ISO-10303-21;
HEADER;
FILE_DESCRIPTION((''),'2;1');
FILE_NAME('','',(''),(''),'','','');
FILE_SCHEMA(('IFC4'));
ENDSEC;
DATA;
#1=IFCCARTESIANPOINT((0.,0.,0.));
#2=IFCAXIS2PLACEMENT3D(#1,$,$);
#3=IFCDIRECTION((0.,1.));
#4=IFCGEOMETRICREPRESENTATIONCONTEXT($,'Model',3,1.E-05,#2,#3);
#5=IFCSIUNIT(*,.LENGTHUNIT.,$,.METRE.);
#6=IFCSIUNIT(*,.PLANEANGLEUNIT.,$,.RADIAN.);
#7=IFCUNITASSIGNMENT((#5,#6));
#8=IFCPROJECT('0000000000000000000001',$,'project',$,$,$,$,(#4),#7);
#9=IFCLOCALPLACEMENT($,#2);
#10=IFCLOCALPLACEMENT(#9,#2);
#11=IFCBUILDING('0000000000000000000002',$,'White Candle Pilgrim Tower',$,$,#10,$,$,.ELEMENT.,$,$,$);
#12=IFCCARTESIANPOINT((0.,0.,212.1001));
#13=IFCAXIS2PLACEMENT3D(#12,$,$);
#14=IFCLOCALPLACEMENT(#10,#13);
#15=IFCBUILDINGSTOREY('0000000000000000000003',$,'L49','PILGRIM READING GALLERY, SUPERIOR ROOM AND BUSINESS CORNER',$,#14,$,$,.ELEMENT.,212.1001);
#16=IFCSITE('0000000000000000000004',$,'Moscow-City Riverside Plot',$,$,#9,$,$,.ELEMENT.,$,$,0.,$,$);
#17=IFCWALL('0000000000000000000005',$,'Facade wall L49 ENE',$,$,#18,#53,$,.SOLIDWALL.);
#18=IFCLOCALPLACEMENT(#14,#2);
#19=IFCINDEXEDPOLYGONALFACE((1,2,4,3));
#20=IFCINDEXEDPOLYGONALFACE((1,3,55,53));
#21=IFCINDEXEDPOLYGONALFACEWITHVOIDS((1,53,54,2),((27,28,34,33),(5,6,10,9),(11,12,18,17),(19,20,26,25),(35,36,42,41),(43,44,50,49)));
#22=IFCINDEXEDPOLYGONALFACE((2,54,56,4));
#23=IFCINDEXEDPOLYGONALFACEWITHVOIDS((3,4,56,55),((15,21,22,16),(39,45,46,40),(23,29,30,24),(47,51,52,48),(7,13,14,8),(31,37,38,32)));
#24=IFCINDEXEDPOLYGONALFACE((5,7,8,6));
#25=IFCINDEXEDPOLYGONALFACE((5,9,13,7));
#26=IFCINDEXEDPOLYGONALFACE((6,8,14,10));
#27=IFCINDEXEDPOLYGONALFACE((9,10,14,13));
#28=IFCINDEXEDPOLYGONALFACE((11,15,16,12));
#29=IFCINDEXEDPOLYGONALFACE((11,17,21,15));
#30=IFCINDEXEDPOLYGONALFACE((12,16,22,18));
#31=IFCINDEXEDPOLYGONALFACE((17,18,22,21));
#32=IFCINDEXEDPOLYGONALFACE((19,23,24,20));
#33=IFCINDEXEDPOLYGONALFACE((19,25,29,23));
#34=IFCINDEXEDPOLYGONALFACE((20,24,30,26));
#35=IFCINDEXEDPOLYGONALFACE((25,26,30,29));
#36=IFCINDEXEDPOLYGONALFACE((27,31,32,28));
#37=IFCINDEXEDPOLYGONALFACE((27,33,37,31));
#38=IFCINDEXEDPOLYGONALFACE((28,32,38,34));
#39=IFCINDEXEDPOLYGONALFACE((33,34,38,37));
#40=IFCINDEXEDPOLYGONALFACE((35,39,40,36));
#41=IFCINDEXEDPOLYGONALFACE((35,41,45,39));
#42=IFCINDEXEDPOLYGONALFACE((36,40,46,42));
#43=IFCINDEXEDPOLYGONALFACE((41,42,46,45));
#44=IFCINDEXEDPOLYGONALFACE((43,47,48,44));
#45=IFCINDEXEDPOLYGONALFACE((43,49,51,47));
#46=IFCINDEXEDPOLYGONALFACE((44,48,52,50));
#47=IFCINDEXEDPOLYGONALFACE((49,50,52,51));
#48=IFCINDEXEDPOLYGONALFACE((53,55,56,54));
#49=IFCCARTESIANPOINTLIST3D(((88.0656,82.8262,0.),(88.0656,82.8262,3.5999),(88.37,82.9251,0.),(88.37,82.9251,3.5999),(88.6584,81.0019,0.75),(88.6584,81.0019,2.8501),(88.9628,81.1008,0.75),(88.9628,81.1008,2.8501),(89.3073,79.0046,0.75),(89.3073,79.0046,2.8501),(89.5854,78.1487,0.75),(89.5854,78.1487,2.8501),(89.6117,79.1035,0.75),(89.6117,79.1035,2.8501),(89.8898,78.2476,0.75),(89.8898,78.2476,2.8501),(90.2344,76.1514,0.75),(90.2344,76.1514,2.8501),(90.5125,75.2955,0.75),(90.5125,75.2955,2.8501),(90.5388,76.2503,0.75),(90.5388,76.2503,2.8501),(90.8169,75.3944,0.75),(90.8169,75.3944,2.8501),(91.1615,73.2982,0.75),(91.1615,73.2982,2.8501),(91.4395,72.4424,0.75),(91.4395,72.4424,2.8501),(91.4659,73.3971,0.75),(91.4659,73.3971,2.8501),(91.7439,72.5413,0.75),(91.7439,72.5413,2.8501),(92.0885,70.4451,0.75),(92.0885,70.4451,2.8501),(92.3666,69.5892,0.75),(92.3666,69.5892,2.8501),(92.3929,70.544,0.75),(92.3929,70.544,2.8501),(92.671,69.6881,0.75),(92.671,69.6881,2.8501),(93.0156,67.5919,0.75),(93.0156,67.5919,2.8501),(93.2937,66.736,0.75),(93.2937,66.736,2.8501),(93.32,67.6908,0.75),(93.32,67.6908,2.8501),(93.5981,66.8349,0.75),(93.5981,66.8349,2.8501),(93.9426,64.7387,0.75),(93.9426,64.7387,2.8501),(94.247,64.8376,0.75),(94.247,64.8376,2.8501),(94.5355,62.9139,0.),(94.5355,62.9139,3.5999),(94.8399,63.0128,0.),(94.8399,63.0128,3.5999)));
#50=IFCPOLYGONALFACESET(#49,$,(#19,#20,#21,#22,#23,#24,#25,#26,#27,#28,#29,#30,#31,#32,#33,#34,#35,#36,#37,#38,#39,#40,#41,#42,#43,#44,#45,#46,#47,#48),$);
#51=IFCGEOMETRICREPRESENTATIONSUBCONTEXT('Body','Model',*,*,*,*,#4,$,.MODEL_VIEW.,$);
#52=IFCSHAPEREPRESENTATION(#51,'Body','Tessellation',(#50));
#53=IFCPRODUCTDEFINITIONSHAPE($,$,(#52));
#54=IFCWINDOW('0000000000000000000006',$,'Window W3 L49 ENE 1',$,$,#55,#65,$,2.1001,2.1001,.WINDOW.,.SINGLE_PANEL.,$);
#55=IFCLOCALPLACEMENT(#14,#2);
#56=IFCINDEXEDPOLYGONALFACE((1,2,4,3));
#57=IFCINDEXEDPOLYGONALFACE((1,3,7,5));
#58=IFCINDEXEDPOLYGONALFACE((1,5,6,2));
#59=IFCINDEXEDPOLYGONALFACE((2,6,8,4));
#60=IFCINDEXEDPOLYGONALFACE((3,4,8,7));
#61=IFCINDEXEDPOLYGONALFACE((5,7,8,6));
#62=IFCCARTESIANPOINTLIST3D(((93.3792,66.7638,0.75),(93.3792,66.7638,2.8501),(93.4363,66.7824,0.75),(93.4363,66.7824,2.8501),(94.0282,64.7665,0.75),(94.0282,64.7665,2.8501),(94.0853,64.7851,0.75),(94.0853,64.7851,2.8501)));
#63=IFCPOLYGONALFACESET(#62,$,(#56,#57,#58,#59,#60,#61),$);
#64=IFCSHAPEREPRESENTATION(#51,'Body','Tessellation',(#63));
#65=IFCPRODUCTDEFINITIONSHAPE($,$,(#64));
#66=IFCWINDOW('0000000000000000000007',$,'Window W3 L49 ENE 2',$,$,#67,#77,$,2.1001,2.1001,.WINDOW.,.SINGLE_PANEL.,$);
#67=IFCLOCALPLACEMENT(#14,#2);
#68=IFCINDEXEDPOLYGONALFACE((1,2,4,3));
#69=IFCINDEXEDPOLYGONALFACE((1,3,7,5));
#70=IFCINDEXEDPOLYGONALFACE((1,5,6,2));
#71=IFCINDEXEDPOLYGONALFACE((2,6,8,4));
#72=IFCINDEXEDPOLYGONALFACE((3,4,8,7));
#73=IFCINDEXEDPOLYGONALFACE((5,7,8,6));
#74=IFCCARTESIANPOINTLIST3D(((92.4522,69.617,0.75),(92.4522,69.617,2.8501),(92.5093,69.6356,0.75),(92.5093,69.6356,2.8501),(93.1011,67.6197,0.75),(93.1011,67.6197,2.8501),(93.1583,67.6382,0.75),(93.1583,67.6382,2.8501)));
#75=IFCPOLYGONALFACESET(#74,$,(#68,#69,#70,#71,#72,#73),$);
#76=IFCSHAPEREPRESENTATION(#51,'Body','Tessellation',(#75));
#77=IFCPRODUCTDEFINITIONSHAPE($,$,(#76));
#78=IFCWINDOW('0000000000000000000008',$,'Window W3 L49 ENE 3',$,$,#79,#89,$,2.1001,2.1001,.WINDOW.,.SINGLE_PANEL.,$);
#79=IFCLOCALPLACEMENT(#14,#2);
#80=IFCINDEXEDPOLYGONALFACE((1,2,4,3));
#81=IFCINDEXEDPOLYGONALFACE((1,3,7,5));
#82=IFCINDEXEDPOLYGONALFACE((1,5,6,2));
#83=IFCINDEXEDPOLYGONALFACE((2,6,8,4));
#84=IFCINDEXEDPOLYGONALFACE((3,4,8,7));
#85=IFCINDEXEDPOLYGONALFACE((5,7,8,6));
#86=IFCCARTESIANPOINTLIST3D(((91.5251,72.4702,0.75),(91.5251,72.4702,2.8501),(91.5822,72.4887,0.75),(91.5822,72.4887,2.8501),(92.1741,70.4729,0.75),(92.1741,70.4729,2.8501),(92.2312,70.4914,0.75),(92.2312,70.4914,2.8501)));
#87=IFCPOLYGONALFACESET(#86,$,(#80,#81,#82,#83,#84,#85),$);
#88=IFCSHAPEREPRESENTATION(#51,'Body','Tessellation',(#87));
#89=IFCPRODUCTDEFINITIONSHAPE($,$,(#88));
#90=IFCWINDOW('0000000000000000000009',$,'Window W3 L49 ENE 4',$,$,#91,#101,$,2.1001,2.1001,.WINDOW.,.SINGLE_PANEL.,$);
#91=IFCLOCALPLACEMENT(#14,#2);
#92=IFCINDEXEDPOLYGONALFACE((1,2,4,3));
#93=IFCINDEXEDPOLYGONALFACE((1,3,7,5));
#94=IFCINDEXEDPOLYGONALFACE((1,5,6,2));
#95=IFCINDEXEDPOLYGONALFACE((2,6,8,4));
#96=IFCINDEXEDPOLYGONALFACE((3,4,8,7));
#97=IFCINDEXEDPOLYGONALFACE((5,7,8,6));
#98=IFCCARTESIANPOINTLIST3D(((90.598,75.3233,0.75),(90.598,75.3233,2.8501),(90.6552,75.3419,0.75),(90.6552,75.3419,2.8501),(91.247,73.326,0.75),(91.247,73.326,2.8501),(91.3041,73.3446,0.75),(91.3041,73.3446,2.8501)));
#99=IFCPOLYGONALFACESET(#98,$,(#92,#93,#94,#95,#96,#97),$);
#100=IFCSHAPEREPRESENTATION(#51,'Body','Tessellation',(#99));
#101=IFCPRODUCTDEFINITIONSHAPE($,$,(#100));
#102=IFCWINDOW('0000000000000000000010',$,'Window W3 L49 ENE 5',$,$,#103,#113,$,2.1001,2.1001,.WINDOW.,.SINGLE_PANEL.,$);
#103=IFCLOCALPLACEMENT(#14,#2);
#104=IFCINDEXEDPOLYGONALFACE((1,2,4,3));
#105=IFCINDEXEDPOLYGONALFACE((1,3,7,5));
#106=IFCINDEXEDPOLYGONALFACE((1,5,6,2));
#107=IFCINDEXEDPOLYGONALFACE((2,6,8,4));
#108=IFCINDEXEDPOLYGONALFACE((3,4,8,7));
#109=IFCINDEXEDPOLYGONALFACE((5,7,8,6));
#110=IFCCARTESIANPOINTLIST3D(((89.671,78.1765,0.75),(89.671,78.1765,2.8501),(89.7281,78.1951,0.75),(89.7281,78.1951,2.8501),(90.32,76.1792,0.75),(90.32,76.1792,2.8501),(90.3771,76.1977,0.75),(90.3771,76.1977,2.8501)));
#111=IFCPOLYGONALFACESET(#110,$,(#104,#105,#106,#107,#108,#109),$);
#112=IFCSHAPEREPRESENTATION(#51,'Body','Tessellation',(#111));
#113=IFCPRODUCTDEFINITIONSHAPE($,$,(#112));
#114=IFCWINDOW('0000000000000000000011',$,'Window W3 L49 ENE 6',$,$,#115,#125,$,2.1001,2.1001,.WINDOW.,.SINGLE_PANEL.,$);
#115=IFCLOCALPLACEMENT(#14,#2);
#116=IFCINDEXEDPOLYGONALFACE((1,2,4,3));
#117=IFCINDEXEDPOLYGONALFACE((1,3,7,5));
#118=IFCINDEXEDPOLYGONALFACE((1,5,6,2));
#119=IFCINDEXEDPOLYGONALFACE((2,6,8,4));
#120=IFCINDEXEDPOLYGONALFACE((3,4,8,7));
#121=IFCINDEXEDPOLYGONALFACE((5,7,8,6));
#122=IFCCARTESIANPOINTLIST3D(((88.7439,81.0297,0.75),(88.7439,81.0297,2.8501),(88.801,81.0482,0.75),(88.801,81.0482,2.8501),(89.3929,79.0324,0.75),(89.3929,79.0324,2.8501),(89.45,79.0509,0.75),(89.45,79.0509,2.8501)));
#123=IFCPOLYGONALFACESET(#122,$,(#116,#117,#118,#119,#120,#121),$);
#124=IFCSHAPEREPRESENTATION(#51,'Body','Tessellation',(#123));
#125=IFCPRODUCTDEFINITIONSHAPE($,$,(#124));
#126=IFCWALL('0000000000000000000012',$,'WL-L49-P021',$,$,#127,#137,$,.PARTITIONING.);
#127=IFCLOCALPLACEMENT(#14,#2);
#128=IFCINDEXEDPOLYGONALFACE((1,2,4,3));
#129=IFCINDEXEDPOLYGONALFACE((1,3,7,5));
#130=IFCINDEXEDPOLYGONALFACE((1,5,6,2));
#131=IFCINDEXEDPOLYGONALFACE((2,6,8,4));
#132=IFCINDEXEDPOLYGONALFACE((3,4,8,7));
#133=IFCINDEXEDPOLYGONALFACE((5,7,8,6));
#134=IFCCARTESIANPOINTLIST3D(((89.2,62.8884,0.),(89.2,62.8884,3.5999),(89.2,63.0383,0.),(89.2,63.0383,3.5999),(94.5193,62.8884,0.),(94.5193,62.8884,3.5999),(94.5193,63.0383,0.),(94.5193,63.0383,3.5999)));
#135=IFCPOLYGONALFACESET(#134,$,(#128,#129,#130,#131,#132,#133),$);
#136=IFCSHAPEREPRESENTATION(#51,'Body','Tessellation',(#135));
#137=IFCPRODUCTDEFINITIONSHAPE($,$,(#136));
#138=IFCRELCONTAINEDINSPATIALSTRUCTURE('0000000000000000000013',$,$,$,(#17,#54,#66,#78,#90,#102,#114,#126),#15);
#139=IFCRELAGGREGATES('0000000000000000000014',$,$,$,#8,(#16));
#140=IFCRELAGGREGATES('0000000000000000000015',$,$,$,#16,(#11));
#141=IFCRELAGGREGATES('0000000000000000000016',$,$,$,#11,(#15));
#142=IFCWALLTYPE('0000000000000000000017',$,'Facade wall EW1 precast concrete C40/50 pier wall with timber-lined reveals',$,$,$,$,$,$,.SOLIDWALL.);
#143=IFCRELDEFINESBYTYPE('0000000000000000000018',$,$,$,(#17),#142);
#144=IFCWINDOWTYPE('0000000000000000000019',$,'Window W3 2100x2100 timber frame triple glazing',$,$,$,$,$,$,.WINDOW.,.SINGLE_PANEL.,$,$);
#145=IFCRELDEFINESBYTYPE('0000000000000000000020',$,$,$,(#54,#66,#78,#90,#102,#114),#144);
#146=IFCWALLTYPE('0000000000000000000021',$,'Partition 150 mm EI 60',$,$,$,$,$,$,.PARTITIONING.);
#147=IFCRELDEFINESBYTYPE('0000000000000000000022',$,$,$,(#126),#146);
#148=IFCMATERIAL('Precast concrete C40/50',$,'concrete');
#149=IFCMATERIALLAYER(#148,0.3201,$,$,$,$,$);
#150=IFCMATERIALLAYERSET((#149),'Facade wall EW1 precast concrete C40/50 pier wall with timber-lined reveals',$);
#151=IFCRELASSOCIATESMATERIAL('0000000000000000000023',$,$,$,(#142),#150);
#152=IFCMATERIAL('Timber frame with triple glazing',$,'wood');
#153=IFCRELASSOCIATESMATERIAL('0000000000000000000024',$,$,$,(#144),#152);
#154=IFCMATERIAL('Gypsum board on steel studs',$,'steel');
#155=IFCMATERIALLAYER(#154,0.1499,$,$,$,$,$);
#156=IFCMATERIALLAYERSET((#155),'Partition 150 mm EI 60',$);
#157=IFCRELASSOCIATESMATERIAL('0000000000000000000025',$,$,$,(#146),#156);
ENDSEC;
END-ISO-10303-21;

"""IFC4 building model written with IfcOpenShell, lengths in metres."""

from ifc_helpers import new_model, si_unit, direction, frame, frame_2d, origin, place, context, subcontext, project, spatial, rectangle, extrude, material, layer, layer_set, type_object, element, fill, save


model = new_model("IFC4")

# Units and contexts
model_context = context("Model", 3, precision=1e-05, world=origin(), true_north=direction((0.0, 1.0)))
body_context = subcontext(model_context, "Body", "Model", "MODEL_VIEW")
ifc_project = project(units=[si_unit("LENGTHUNIT", "METRE"), si_unit("PLANEANGLEUNIT", "RADIAN")], contexts=[model_context])

# Site, building, storey
site_placement = place(None, origin())
site = spatial("IfcSite", under=ifc_project, at=site_placement, Name="Moscow-City Riverside Plot", CompositionType="ELEMENT", RefElevation=0.0)
building_placement = place(site_placement, origin())
building = spatial("IfcBuilding", under=site, at=building_placement, Name="White Candle Pilgrim Tower", CompositionType="ELEMENT")
storey_placement = place(building_placement, frame((0.0, 0.0, 212.1001)))
storey = spatial("IfcBuildingStorey", under=building, at=storey_placement, Name="L49", Description="PILGRIM READING GALLERY, SUPERIOR ROOM AND BUSINESS CORNER", CompositionType="ELEMENT", Elevation=212.1001)

# Shared definitions
ifc_material_1 = material(Name="Gypsum board on steel studs", Category="steel")

# Wall, openings, windows
ifc_material_2 = material(Name="Precast concrete C40/50", Category="concrete")
ifc_layer_1 = layer(ifc_material_2, 0.3201)
ifc_layer_set_1 = layer_set([ifc_layer_1], Name="Facade wall EW1 precast concrete C40/50 pier wall with timber-lined reveals")
wall_type_1 = type_object("IfcWallType", Name="Facade wall EW1 precast concrete C40/50 pier wall with timber-lined reveals", PredefinedType="SOLIDWALL", material=ifc_layer_set_1)
wall_1_placement = place(storey_placement, frame((94.6877, 62.9634, 0.0), z_axis=(0.0, 0.0, 1.0), x_axis=(-0.309019, 0.951056, 0.0)))
wall_1 = element("IfcWall", 1, at=wall_1_placement, inside=storey, type_object=wall_type_1, Name="Facade wall L49 ENE", PredefinedType="SOLIDWALL", context=body_context, shape_type="SweptSolid", body=[
    extrude(rectangle(XDim=20.937, YDim=0.3201, at=frame_2d((10.4685, 0.0))), origin(), (0.0, 0.0, 1.0), 3.5999),
])
opening_1_placement = place(wall_1_placement, frame((1.9187, 0.0, 0.75)))
opening_1 = element("IfcOpeningElement", 2, at=opening_1_placement, cuts=wall_1, PredefinedType="OPENING", context=body_context, shape_type="SweptSolid", body=[
    extrude(rectangle(XDim=2.1001, YDim=2.1001, at=frame_2d((1.05, 1.05))), frame((0.0, 0.1699, 0.0), z_axis=(0.0, -1.0, 0.0), x_axis=(1.0, 0.0, 0.0)), (0.0, 0.0, 1.0), 0.3401),
])
opening_2_placement = place(wall_1_placement, frame((4.9187, 0.0, 0.75)))
opening_2 = element("IfcOpeningElement", 3, at=opening_2_placement, cuts=wall_1, PredefinedType="OPENING", context=body_context, shape_type="SweptSolid", body=[
    extrude(rectangle(XDim=2.1001, YDim=2.1001, at=frame_2d((1.05, 1.05))), frame((0.0, 0.1699, 0.0), z_axis=(0.0, -1.0, 0.0), x_axis=(1.0, 0.0, 0.0)), (0.0, 0.0, 1.0), 0.3401),
])
opening_3_placement = place(wall_1_placement, frame((7.9187, 0.0, 0.75)))
opening_3 = element("IfcOpeningElement", 4, at=opening_3_placement, cuts=wall_1, PredefinedType="OPENING", context=body_context, shape_type="SweptSolid", body=[
    extrude(rectangle(XDim=2.1001, YDim=2.1001, at=frame_2d((1.05, 1.05))), frame((0.0, 0.1699, 0.0), z_axis=(0.0, -1.0, 0.0), x_axis=(1.0, 0.0, 0.0)), (0.0, 0.0, 1.0), 0.3401),
])
opening_4_placement = place(wall_1_placement, frame((10.9187, 0.0, 0.75)))
opening_4 = element("IfcOpeningElement", 5, at=opening_4_placement, cuts=wall_1, PredefinedType="OPENING", context=body_context, shape_type="SweptSolid", body=[
    extrude(rectangle(XDim=2.1001, YDim=2.1001, at=frame_2d((1.05, 1.05))), frame((0.0, 0.1699, 0.0), z_axis=(0.0, -1.0, 0.0), x_axis=(1.0, 0.0, 0.0)), (0.0, 0.0, 1.0), 0.3401),
])
opening_5_placement = place(wall_1_placement, frame((13.9187, 0.0, 0.75)))
opening_5 = element("IfcOpeningElement", 6, at=opening_5_placement, cuts=wall_1, PredefinedType="OPENING", context=body_context, shape_type="SweptSolid", body=[
    extrude(rectangle(XDim=2.1001, YDim=2.1001, at=frame_2d((1.05, 1.05))), frame((0.0, 0.1699, 0.0), z_axis=(0.0, -1.0, 0.0), x_axis=(1.0, 0.0, 0.0)), (0.0, 0.0, 1.0), 0.3401),
])
opening_6_placement = place(wall_1_placement, frame((16.9187, 0.0, 0.75)))
opening_6 = element("IfcOpeningElement", 7, at=opening_6_placement, cuts=wall_1, PredefinedType="OPENING", context=body_context, shape_type="SweptSolid", body=[
    extrude(rectangle(XDim=2.1001, YDim=2.1001, at=frame_2d((1.05, 1.05))), frame((0.0, 0.1699, 0.0), z_axis=(0.0, -1.0, 0.0), x_axis=(1.0, 0.0, 0.0)), (0.0, 0.0, 1.0), 0.3401),
])
ifc_material_3 = material(Name="Timber frame with triple glazing", Category="wood")
window_type = type_object("IfcWindowType", Name="Window W3 2100x2100 timber frame triple glazing", PartitioningType="SINGLE_PANEL", PredefinedType="WINDOW", material=ifc_material_3)
window_1_placement = place(opening_1_placement, origin())
window_1 = element("IfcWindow", 8, at=window_1_placement, inside=storey, type_object=window_type, Name="Window W3 L49 ENE 1", OverallHeight=2.1001, OverallWidth=2.1001, PartitioningType="SINGLE_PANEL", PredefinedType="WINDOW", context=body_context, shape_type="SweptSolid", body=[
    extrude(rectangle(XDim=2.1001, YDim=2.1001, at=frame_2d((1.05, 1.05))), frame((0.0, 0.0701, 0.0), z_axis=(0.0, -1.0, 0.0), x_axis=(1.0, 0.0, 0.0)), (0.0, 0.0, 1.0), 0.0601),
])
fill(opening_1, window_1)
window_2_placement = place(opening_2_placement, origin())
window_2 = element("IfcWindow", 9, at=window_2_placement, inside=storey, type_object=window_type, Name="Window W3 L49 ENE 2", OverallHeight=2.1001, OverallWidth=2.1001, PartitioningType="SINGLE_PANEL", PredefinedType="WINDOW", context=body_context, shape_type="SweptSolid", body=[
    extrude(rectangle(XDim=2.1001, YDim=2.1001, at=frame_2d((1.05, 1.05))), frame((0.0, 0.0701, 0.0), z_axis=(0.0, -1.0, 0.0), x_axis=(1.0, 0.0, 0.0)), (0.0, 0.0, 1.0), 0.0601),
])
fill(opening_2, window_2)
window_3_placement = place(opening_3_placement, origin())
window_3 = element("IfcWindow", 10, at=window_3_placement, inside=storey, type_object=window_type, Name="Window W3 L49 ENE 3", OverallHeight=2.1001, OverallWidth=2.1001, PartitioningType="SINGLE_PANEL", PredefinedType="WINDOW", context=body_context, shape_type="SweptSolid", body=[
    extrude(rectangle(XDim=2.1001, YDim=2.1001, at=frame_2d((1.05, 1.05))), frame((0.0, 0.0701, 0.0), z_axis=(0.0, -1.0, 0.0), x_axis=(1.0, 0.0, 0.0)), (0.0, 0.0, 1.0), 0.0601),
])
fill(opening_3, window_3)
window_4_placement = place(opening_4_placement, origin())
window_4 = element("IfcWindow", 11, at=window_4_placement, inside=storey, type_object=window_type, Name="Window W3 L49 ENE 4", OverallHeight=2.1001, OverallWidth=2.1001, PartitioningType="SINGLE_PANEL", PredefinedType="WINDOW", context=body_context, shape_type="SweptSolid", body=[
    extrude(rectangle(XDim=2.1001, YDim=2.1001, at=frame_2d((1.05, 1.05))), frame((0.0, 0.0701, 0.0), z_axis=(0.0, -1.0, 0.0), x_axis=(1.0, 0.0, 0.0)), (0.0, 0.0, 1.0), 0.0601),
])
fill(opening_4, window_4)
window_5_placement = place(opening_5_placement, origin())
window_5 = element("IfcWindow", 12, at=window_5_placement, inside=storey, type_object=window_type, Name="Window W3 L49 ENE 5", OverallHeight=2.1001, OverallWidth=2.1001, PartitioningType="SINGLE_PANEL", PredefinedType="WINDOW", context=body_context, shape_type="SweptSolid", body=[
    extrude(rectangle(XDim=2.1001, YDim=2.1001, at=frame_2d((1.05, 1.05))), frame((0.0, 0.0701, 0.0), z_axis=(0.0, -1.0, 0.0), x_axis=(1.0, 0.0, 0.0)), (0.0, 0.0, 1.0), 0.0601),
])
fill(opening_5, window_5)
window_6_placement = place(opening_6_placement, origin())
window_6 = element("IfcWindow", 13, at=window_6_placement, inside=storey, type_object=window_type, Name="Window W3 L49 ENE 6", OverallHeight=2.1001, OverallWidth=2.1001, PartitioningType="SINGLE_PANEL", PredefinedType="WINDOW", context=body_context, shape_type="SweptSolid", body=[
    extrude(rectangle(XDim=2.1001, YDim=2.1001, at=frame_2d((1.05, 1.05))), frame((0.0, 0.0701, 0.0), z_axis=(0.0, -1.0, 0.0), x_axis=(1.0, 0.0, 0.0)), (0.0, 0.0, 1.0), 0.0601),
])
fill(opening_6, window_6)

# Wall
ifc_layer_2 = layer(ifc_material_1, 0.1499)
ifc_layer_set_2 = layer_set([ifc_layer_2], Name="Partition 150 mm EI 60")
wall_type_2 = type_object("IfcWallType", Name="Partition 150 mm EI 60", PredefinedType="PARTITIONING", material=ifc_layer_set_2)
wall_2_placement = place(storey_placement, frame((94.5193, 62.9634, 0.0), z_axis=(0.0, 0.0, 1.0), x_axis=(-1.0, 0.0, 0.0)))
element("IfcWall", 14, at=wall_2_placement, inside=storey, type_object=wall_type_2, Name="WL-L49-P021", PredefinedType="PARTITIONING", context=body_context, shape_type="SweptSolid", body=[
    extrude(rectangle(XDim=5.3193, YDim=0.1499, at=frame_2d((2.6597, 0.0))), origin(), (0.0, 0.0, 1.0), 3.5999),
])

save(model, "model.ifc")
